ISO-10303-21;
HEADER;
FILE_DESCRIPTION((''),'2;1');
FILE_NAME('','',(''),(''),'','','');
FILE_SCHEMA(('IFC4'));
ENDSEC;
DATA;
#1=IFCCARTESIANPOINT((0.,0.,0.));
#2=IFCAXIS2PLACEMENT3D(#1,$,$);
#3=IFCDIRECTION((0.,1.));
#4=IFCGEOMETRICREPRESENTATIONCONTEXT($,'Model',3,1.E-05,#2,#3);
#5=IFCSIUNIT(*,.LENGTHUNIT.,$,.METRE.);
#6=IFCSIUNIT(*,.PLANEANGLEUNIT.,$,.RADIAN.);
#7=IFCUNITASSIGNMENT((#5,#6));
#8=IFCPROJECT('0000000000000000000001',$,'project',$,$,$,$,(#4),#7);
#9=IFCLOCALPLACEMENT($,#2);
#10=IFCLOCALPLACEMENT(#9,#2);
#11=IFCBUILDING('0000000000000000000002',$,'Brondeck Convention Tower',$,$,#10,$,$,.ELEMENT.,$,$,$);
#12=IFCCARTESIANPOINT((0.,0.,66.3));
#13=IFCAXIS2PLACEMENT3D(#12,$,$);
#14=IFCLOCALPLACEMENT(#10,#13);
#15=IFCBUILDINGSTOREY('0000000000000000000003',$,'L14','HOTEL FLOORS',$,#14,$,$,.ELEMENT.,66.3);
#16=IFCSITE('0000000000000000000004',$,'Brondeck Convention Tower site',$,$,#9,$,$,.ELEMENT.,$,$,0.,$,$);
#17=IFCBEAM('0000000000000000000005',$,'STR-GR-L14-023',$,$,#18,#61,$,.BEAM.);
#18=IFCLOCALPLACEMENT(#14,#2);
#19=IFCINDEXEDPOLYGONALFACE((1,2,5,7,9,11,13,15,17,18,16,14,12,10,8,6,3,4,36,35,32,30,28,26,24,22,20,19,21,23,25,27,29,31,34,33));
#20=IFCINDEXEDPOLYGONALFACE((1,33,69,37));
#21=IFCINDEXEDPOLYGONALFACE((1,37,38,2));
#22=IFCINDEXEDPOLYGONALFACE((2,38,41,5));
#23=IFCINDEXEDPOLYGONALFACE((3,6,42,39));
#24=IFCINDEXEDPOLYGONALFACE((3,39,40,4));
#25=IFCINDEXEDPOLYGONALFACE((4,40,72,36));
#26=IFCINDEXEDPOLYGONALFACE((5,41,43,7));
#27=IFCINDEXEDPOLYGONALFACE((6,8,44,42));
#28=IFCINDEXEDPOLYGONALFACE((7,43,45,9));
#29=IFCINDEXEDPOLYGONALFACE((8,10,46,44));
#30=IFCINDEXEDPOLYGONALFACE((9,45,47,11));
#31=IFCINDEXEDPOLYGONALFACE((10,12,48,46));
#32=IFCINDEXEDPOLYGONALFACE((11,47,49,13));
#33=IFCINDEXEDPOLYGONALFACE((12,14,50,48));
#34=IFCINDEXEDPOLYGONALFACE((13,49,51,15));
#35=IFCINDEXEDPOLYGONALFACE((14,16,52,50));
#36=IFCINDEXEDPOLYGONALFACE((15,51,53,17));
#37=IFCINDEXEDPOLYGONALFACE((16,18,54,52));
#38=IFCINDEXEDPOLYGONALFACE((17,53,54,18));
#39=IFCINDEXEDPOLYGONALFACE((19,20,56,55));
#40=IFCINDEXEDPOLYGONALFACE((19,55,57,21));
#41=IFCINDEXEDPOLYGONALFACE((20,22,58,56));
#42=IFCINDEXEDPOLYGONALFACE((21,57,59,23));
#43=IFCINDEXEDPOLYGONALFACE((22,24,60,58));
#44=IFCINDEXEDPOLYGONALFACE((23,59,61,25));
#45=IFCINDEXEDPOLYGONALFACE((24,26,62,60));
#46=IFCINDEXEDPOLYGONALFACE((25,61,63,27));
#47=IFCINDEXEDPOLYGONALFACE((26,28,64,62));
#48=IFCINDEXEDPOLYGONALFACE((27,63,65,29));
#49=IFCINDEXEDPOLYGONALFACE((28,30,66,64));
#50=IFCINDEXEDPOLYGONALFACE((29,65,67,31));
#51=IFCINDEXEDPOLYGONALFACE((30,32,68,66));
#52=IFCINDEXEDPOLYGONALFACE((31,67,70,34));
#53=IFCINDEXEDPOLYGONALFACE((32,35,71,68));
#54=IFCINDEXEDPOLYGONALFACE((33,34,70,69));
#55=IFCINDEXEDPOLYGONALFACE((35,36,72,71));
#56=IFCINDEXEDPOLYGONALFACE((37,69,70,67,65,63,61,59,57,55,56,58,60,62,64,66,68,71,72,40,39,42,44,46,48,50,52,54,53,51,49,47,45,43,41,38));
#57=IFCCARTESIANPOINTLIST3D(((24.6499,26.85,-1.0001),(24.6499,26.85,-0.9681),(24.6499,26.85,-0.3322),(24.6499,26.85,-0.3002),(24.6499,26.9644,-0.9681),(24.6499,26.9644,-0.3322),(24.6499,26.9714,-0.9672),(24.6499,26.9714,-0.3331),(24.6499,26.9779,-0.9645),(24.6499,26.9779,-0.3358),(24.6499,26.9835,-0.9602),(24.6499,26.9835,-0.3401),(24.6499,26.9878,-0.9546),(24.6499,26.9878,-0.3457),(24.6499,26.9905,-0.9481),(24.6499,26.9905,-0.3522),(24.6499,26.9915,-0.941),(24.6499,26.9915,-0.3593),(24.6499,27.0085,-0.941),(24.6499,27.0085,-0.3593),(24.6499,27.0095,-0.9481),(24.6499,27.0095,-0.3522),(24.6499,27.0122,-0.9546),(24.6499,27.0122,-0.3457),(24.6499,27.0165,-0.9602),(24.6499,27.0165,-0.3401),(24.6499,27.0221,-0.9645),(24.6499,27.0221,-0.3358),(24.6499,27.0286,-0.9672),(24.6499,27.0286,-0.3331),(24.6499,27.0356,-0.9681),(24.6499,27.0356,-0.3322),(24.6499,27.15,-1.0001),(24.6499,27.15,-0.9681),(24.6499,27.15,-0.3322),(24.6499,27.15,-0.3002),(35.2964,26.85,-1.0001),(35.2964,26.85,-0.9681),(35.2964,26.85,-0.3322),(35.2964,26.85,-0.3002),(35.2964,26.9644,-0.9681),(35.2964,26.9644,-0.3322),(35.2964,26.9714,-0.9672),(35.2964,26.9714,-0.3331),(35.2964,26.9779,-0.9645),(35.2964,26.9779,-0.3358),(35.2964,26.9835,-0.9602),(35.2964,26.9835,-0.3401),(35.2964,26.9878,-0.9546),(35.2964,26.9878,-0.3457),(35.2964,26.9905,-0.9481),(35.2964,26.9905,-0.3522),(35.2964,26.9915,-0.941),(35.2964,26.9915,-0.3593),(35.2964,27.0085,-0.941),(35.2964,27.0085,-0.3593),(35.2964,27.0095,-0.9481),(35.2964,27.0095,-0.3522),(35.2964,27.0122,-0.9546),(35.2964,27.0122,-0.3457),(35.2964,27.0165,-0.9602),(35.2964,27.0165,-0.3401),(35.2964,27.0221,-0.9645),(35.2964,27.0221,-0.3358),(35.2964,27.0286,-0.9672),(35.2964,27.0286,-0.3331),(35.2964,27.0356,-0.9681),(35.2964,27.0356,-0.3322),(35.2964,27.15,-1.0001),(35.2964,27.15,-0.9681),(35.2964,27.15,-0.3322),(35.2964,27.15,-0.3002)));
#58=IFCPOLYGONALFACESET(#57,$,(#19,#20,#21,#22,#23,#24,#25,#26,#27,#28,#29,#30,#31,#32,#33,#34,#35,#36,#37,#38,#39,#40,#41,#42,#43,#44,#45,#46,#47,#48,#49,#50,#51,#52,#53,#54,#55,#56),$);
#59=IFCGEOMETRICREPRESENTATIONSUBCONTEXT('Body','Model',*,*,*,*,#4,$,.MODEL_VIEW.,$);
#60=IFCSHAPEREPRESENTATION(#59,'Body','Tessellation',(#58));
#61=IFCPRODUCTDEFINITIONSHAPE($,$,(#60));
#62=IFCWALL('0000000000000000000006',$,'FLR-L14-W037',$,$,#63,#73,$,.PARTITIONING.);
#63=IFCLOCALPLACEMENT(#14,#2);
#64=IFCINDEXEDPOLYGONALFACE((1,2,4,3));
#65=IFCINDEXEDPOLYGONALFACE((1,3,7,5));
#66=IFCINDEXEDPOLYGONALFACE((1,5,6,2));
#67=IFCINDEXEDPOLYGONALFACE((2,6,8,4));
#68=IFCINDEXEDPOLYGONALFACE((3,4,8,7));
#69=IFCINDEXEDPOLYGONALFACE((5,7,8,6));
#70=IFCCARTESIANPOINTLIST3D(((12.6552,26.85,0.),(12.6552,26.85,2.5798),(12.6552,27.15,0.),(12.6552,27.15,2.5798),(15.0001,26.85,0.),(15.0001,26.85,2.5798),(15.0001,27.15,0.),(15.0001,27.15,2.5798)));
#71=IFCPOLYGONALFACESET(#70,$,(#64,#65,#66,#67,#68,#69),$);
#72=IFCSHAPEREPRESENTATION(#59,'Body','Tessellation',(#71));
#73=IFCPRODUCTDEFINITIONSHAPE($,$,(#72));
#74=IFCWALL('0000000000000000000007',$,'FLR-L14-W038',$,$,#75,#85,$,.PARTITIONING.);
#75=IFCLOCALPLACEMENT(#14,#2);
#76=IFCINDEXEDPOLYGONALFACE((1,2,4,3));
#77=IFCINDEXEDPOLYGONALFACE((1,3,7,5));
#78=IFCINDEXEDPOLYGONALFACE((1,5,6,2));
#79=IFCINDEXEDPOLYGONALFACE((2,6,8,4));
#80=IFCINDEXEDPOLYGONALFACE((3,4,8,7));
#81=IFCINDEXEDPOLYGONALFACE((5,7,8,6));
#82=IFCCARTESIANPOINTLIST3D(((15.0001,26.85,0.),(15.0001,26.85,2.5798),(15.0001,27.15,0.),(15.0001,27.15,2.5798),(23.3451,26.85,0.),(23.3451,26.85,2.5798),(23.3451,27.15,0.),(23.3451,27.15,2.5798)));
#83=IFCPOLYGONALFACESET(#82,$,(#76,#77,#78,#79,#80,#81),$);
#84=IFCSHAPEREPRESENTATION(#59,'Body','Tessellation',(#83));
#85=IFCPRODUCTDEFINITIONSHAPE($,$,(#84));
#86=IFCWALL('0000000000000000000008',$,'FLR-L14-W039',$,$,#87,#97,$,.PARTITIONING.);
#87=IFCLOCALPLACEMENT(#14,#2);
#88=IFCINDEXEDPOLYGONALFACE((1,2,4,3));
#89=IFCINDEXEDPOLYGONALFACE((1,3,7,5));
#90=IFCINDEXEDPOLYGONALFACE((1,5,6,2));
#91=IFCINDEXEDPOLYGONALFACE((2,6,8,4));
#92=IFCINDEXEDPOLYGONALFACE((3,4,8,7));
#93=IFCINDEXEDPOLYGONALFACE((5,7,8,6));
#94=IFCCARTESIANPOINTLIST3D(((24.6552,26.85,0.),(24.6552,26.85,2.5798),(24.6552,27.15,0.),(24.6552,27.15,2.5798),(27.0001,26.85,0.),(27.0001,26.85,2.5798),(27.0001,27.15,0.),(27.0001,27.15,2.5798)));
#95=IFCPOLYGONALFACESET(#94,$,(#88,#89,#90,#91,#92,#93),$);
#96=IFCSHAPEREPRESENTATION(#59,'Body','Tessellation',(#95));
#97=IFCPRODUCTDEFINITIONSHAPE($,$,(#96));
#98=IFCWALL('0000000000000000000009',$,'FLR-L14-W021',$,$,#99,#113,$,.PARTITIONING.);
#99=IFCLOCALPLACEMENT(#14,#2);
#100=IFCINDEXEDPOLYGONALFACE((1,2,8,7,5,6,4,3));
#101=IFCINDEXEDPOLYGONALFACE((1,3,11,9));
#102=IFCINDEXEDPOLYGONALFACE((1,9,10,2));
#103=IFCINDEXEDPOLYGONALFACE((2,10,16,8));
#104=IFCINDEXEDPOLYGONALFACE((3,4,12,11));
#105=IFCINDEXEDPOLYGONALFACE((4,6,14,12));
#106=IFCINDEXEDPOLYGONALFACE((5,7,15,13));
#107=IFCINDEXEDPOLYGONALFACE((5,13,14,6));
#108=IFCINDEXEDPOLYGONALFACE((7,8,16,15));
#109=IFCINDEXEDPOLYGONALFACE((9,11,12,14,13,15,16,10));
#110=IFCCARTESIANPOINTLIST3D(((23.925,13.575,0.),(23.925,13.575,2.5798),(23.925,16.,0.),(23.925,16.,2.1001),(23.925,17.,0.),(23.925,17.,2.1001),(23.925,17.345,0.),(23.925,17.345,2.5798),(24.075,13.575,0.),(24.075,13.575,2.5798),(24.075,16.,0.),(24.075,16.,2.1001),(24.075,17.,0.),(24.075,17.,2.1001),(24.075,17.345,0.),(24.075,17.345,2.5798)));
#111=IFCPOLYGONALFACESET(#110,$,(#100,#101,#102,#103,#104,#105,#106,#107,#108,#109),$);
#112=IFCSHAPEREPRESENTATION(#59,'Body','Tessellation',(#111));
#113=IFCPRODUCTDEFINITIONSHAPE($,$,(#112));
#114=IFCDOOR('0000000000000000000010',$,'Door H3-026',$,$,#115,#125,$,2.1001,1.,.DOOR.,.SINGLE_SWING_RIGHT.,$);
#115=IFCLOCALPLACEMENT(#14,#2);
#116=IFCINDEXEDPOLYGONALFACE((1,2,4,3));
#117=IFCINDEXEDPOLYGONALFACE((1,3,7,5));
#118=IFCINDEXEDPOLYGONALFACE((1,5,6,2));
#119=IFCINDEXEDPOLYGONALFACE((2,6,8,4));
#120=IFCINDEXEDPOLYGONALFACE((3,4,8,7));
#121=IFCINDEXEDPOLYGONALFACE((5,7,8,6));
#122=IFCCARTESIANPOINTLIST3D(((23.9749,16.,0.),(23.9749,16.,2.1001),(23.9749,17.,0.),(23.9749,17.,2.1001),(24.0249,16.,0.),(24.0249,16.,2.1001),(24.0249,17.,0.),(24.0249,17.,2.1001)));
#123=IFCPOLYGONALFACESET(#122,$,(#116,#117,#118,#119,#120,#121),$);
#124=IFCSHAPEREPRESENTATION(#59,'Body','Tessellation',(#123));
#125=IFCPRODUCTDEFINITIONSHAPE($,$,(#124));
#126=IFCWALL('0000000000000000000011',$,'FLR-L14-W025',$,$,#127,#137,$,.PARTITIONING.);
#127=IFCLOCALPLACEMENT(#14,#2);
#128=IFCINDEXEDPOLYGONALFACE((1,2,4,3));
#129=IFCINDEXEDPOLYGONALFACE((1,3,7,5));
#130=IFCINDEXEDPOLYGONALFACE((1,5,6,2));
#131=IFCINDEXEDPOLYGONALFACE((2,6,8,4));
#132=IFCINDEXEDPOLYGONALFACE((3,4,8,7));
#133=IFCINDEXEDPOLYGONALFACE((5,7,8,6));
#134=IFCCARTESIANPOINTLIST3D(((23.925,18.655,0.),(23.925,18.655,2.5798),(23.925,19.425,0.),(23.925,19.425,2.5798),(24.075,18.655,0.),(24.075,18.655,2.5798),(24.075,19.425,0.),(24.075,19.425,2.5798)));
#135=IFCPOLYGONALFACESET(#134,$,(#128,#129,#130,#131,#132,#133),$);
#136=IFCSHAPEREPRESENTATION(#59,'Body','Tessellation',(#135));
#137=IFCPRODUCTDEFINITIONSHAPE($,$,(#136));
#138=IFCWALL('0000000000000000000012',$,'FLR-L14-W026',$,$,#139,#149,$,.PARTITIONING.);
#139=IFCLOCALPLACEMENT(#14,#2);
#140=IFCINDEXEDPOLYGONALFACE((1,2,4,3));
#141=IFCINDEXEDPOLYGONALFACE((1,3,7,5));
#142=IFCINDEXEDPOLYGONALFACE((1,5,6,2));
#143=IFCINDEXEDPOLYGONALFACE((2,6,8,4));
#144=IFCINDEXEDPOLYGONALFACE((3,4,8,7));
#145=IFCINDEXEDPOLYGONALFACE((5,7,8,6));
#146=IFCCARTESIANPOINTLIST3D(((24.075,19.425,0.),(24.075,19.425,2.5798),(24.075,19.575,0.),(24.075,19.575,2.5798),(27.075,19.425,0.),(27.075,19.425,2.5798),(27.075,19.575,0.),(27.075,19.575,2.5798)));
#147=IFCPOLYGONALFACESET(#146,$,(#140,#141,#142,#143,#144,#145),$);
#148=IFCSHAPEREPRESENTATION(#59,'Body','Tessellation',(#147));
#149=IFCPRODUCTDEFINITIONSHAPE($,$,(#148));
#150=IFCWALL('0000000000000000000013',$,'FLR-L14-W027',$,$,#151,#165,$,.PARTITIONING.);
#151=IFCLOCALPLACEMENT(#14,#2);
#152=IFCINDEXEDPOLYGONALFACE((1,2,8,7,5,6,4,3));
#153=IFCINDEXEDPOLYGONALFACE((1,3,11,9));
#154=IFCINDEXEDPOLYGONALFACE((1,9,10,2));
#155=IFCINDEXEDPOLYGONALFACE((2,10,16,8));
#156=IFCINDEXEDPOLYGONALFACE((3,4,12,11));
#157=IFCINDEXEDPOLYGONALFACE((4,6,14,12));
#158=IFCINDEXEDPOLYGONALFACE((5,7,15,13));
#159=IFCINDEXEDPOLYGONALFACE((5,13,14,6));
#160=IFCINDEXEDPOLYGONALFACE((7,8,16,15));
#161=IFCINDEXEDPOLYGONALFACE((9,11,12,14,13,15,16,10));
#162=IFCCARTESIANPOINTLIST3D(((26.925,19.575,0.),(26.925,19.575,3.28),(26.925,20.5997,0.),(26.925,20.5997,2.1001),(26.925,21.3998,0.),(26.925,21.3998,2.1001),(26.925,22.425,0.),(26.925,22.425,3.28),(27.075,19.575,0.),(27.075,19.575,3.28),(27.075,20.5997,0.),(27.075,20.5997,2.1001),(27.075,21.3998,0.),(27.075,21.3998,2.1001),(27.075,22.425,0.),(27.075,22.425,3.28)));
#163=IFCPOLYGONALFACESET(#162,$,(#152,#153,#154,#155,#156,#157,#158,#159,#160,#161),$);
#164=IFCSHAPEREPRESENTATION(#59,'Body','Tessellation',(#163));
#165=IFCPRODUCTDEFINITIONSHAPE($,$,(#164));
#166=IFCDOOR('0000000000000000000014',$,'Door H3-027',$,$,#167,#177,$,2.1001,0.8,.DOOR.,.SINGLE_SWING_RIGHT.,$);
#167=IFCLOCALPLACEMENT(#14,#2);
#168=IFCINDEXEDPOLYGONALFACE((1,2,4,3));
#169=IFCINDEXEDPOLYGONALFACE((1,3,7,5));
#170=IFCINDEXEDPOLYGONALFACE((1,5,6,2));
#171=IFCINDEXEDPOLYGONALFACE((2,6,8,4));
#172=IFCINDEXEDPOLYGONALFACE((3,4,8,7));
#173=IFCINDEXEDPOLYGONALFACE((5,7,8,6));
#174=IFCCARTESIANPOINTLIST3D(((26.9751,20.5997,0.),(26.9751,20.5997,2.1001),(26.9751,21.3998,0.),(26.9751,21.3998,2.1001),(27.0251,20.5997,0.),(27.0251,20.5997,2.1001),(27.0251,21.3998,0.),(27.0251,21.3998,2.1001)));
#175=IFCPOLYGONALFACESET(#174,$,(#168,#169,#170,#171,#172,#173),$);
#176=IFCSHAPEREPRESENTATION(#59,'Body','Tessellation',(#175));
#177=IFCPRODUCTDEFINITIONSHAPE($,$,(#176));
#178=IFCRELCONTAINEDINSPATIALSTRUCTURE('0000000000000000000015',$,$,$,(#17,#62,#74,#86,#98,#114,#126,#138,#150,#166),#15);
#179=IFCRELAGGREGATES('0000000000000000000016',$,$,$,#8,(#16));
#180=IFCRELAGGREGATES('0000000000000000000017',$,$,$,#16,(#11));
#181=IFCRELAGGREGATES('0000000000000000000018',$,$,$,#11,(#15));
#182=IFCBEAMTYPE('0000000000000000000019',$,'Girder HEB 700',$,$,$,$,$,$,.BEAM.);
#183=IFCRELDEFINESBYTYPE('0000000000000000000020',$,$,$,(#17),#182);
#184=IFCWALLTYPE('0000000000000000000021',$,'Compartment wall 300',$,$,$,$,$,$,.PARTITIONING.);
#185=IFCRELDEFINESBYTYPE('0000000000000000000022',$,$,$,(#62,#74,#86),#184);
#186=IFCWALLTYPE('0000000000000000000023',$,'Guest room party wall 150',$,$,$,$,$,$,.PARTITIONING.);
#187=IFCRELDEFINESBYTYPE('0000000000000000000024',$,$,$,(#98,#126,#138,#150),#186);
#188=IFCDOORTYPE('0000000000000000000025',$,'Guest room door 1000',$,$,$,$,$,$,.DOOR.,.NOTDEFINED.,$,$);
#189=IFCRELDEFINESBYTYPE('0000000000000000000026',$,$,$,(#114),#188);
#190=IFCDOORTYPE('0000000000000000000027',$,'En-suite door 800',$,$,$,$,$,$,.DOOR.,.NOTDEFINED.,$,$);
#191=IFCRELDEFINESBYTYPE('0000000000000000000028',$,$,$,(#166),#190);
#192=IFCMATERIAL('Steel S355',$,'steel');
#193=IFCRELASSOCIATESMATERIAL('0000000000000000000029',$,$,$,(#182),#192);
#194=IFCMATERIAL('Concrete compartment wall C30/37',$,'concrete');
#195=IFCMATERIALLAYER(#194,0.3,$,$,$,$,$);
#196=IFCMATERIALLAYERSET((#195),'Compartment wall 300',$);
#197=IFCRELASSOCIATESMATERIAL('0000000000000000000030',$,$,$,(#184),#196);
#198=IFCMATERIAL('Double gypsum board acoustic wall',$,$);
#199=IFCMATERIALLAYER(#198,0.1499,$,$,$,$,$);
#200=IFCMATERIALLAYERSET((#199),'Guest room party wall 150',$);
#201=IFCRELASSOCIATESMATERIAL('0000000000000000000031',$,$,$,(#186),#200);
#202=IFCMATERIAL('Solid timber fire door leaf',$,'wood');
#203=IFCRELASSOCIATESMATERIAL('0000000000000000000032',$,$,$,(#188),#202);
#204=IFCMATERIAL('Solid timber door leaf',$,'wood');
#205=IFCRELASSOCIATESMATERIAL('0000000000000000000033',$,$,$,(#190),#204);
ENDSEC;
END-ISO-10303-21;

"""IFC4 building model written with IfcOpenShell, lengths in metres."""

from ifc_helpers import new_model, si_unit, direction, frame, frame_2d, origin, origin_2d, place, context, subcontext, project, spatial, rectangle, i_section, extrude, material, layer, layer_set, material_profile, profile_set, type_object, element, fill, save


model = new_model("IFC4")

# Units and contexts
model_context = context("Model", 3, precision=1e-05, world=origin(), true_north=direction((0.0, 1.0)))
body_context = subcontext(model_context, "Body", "Model", "MODEL_VIEW")
ifc_project = project(units=[si_unit("LENGTHUNIT", "METRE"), si_unit("PLANEANGLEUNIT", "RADIAN")], contexts=[model_context])

# Site, building, storey
site_placement = place(None, origin())
site = spatial("IfcSite", under=ifc_project, at=site_placement, Name="Brondeck Convention Tower site", CompositionType="ELEMENT", RefElevation=0.0)
building_placement = place(site_placement, origin())
building = spatial("IfcBuilding", under=site, at=building_placement, Name="Brondeck Convention Tower", CompositionType="ELEMENT")
storey_placement = place(building_placement, frame((0.0, 0.0, 66.3)))
storey = spatial("IfcBuildingStorey", under=building, at=storey_placement, Name="L14", Description="HOTEL FLOORS", CompositionType="ELEMENT", Elevation=66.3)

# Beam
ifc_material_1 = material(Name="Steel S355", Category="steel")
ifc_material_profile_1 = material_profile(ifc_material_1, i_section(OverallWidth=0.3, OverallDepth=0.7, WebThickness=0.0171, FlangeThickness=0.032, FilletRadius=0.0271, at=origin_2d()), Name="HEB 700")
ifc_profile_set_1 = profile_set([ifc_material_profile_1], Name="Steel S355")
beam_type_1 = type_object("IfcBeamType", Name="Girder HEB 700", PredefinedType="BEAM", material=ifc_profile_set_1)
beam_1_placement = place(storey_placement, frame((24.6499, 27.0, -0.6501), z_axis=(1.0, 0.0, 0.0), x_axis=(0.0, 1.0, 0.0)))
element("IfcBeam", 1, at=beam_1_placement, inside=storey, type_object=beam_type_1, Name="STR-GR-L14-023", PredefinedType="BEAM", context=body_context, shape_type="SweptSolid", body=[
    extrude(i_section(OverallWidth=0.3, OverallDepth=0.7, WebThickness=0.0171, FlangeThickness=0.032, FilletRadius=0.0271, at=origin_2d()), origin(), (0.0, 0.0, 1.0), 10.6465),
])

# Walls
ifc_material_2 = material(Name="Concrete compartment wall C30/37", Category="concrete")
ifc_layer_1 = layer(ifc_material_2, 0.3)
ifc_layer_set_1 = layer_set([ifc_layer_1], Name="Compartment wall 300")
wall_type_1 = type_object("IfcWallType", Name="Compartment wall 300", PredefinedType="PARTITIONING", material=ifc_layer_set_1)
wall_1_placement = place(storey_placement, frame((15.0, 27.0, 0.0), z_axis=(0.0, 0.0, 1.0), x_axis=(-1.0, 0.0, 0.0)))
element("IfcWall", 2, at=wall_1_placement, inside=storey, type_object=wall_type_1, Name="FLR-L14-W037", PredefinedType="PARTITIONING", context=body_context, shape_type="SweptSolid", body=[
    extrude(rectangle(XDim=2.345, YDim=0.3, at=frame_2d((1.1724, 0.0))), origin(), (0.0, 0.0, 1.0), 2.5798),
])
wall_2_placement = place(storey_placement, frame((23.345, 27.0, 0.0), z_axis=(0.0, 0.0, 1.0), x_axis=(-1.0, 0.0, 0.0)))
element("IfcWall", 3, at=wall_2_placement, inside=storey, type_object=wall_type_1, Name="FLR-L14-W038", PredefinedType="PARTITIONING", context=body_context, shape_type="SweptSolid", body=[
    extrude(rectangle(XDim=8.345, YDim=0.3, at=frame_2d((4.1724, 0.0))), origin(), (0.0, 0.0, 1.0), 2.5798),
])
wall_3_placement = place(storey_placement, frame((27.0, 27.0, 0.0), z_axis=(0.0, 0.0, 1.0), x_axis=(-1.0, 0.0, 0.0)))
element("IfcWall", 4, at=wall_3_placement, inside=storey, type_object=wall_type_1, Name="FLR-L14-W039", PredefinedType="PARTITIONING", context=body_context, shape_type="SweptSolid", body=[
    extrude(rectangle(XDim=2.345, YDim=0.3, at=frame_2d((1.1724, 0.0))), origin(), (0.0, 0.0, 1.0), 2.5798),
])

# Wall, opening, door
ifc_material_3 = material(Name="Double gypsum board acoustic wall")
ifc_layer_2 = layer(ifc_material_3, 0.1499)
ifc_layer_set_2 = layer_set([ifc_layer_2], Name="Guest room party wall 150")
wall_type_2 = type_object("IfcWallType", Name="Guest room party wall 150", PredefinedType="PARTITIONING", material=ifc_layer_set_2)
wall_4_placement = place(storey_placement, frame((24.0, 17.345, 0.0), z_axis=(0.0, 0.0, 1.0), x_axis=(0.0, -1.0, 0.0)))
wall_4 = element("IfcWall", 5, at=wall_4_placement, inside=storey, type_object=wall_type_2, Name="FLR-L14-W021", PredefinedType="PARTITIONING", context=body_context, shape_type="SweptSolid", body=[
    extrude(rectangle(XDim=3.77, YDim=0.1499, at=frame_2d((1.885, 0.0))), origin(), (0.0, 0.0, 1.0), 2.5798),
])
opening_1_placement = place(wall_4_placement, frame((0.345, 0.0, 0.0)))
opening_1 = element("IfcOpeningElement", 6, at=opening_1_placement, cuts=wall_4, PredefinedType="OPENING", context=body_context, shape_type="SweptSolid", body=[
    extrude(rectangle(XDim=1.0, YDim=2.1001, at=frame_2d((0.5, 1.05))), frame((0.0, 0.085, 0.0), z_axis=(0.0, -1.0, 0.0), x_axis=(1.0, 0.0, 0.0)), (0.0, 0.0, 1.0), 0.1699),
])
ifc_material_4 = material(Name="Solid timber fire door leaf", Category="wood")
door_type_1 = type_object("IfcDoorType", Name="Guest room door 1000", OperationType="NOTDEFINED", PredefinedType="DOOR", material=ifc_material_4)
door_1_placement = place(opening_1_placement, origin())
door_1 = element("IfcDoor", 7, at=door_1_placement, inside=storey, type_object=door_type_1, Name="Door H3-026", OperationType="SINGLE_SWING_RIGHT", OverallHeight=2.1001, OverallWidth=1.0, PredefinedType="DOOR", context=body_context, shape_type="SweptSolid", body=[
    extrude(rectangle(XDim=1.0, YDim=2.1001, at=frame_2d((0.5, 1.05))), frame((0.0, 0.0249, 0.0), z_axis=(0.0, -1.0, 0.0), x_axis=(1.0, 0.0, 0.0)), (0.0, 0.0, 1.0), 0.05),
])
fill(opening_1, door_1)

# Walls
wall_5_placement = place(storey_placement, frame((24.0, 19.425, 0.0), z_axis=(0.0, 0.0, 1.0), x_axis=(0.0, -1.0, 0.0)))
element("IfcWall", 8, at=wall_5_placement, inside=storey, type_object=wall_type_2, Name="FLR-L14-W025", PredefinedType="PARTITIONING", context=body_context, shape_type="SweptSolid", body=[
    extrude(rectangle(XDim=0.77, YDim=0.1499, at=frame_2d((0.385, 0.0))), origin(), (0.0, 0.0, 1.0), 2.5798),
])
wall_6_placement = place(storey_placement, frame((24.075, 19.5, 0.0), z_axis=(0.0, 0.0, 1.0), x_axis=(1.0, 0.0, 0.0)))
element("IfcWall", 9, at=wall_6_placement, inside=storey, type_object=wall_type_2, Name="FLR-L14-W026", PredefinedType="PARTITIONING", context=body_context, shape_type="SweptSolid", body=[
    extrude(rectangle(XDim=3.0, YDim=0.1499, at=frame_2d((1.5, 0.0))), origin(), (0.0, 0.0, 1.0), 2.5798),
])

# Wall, opening, door
wall_7_placement = place(storey_placement, frame((27.0, 19.575, 0.0), z_axis=(0.0, 0.0, 1.0), x_axis=(0.0, 1.0, 0.0)))
wall_7 = element("IfcWall", 10, at=wall_7_placement, inside=storey, type_object=wall_type_2, Name="FLR-L14-W027", PredefinedType="PARTITIONING", context=body_context, shape_type="SweptSolid", body=[
    extrude(rectangle(XDim=2.8501, YDim=0.1499, at=frame_2d((1.425, 0.0))), origin(), (0.0, 0.0, 1.0), 3.28),
])
opening_2_placement = place(wall_7_placement, frame((1.0249, 0.0, 0.0)))
opening_2 = element("IfcOpeningElement", 11, at=opening_2_placement, cuts=wall_7, PredefinedType="OPENING", context=body_context, shape_type="SweptSolid", body=[
    extrude(rectangle(XDim=0.8, YDim=2.1001, at=frame_2d((0.3999, 1.05))), frame((0.0, 0.085, 0.0), z_axis=(0.0, -1.0, 0.0), x_axis=(1.0, 0.0, 0.0)), (0.0, 0.0, 1.0), 0.1699),
])
ifc_material_5 = material(Name="Solid timber door leaf", Category="wood")
door_type_2 = type_object("IfcDoorType", Name="En-suite door 800", OperationType="NOTDEFINED", PredefinedType="DOOR", material=ifc_material_5)
door_2_placement = place(opening_2_placement, origin())
door_2 = element("IfcDoor", 12, at=door_2_placement, inside=storey, type_object=door_type_2, Name="Door H3-027", OperationType="SINGLE_SWING_RIGHT", OverallHeight=2.1001, OverallWidth=0.8, PredefinedType="DOOR", context=body_context, shape_type="SweptSolid", body=[
    extrude(rectangle(XDim=0.8, YDim=2.1001, at=frame_2d((0.3999, 1.05))), frame((0.0, 0.0249, 0.0), z_axis=(0.0, -1.0, 0.0), x_axis=(1.0, 0.0, 0.0)), (0.0, 0.0, 1.0), 0.05),
])
fill(opening_2, door_2)

save(model, "model.ifc")
